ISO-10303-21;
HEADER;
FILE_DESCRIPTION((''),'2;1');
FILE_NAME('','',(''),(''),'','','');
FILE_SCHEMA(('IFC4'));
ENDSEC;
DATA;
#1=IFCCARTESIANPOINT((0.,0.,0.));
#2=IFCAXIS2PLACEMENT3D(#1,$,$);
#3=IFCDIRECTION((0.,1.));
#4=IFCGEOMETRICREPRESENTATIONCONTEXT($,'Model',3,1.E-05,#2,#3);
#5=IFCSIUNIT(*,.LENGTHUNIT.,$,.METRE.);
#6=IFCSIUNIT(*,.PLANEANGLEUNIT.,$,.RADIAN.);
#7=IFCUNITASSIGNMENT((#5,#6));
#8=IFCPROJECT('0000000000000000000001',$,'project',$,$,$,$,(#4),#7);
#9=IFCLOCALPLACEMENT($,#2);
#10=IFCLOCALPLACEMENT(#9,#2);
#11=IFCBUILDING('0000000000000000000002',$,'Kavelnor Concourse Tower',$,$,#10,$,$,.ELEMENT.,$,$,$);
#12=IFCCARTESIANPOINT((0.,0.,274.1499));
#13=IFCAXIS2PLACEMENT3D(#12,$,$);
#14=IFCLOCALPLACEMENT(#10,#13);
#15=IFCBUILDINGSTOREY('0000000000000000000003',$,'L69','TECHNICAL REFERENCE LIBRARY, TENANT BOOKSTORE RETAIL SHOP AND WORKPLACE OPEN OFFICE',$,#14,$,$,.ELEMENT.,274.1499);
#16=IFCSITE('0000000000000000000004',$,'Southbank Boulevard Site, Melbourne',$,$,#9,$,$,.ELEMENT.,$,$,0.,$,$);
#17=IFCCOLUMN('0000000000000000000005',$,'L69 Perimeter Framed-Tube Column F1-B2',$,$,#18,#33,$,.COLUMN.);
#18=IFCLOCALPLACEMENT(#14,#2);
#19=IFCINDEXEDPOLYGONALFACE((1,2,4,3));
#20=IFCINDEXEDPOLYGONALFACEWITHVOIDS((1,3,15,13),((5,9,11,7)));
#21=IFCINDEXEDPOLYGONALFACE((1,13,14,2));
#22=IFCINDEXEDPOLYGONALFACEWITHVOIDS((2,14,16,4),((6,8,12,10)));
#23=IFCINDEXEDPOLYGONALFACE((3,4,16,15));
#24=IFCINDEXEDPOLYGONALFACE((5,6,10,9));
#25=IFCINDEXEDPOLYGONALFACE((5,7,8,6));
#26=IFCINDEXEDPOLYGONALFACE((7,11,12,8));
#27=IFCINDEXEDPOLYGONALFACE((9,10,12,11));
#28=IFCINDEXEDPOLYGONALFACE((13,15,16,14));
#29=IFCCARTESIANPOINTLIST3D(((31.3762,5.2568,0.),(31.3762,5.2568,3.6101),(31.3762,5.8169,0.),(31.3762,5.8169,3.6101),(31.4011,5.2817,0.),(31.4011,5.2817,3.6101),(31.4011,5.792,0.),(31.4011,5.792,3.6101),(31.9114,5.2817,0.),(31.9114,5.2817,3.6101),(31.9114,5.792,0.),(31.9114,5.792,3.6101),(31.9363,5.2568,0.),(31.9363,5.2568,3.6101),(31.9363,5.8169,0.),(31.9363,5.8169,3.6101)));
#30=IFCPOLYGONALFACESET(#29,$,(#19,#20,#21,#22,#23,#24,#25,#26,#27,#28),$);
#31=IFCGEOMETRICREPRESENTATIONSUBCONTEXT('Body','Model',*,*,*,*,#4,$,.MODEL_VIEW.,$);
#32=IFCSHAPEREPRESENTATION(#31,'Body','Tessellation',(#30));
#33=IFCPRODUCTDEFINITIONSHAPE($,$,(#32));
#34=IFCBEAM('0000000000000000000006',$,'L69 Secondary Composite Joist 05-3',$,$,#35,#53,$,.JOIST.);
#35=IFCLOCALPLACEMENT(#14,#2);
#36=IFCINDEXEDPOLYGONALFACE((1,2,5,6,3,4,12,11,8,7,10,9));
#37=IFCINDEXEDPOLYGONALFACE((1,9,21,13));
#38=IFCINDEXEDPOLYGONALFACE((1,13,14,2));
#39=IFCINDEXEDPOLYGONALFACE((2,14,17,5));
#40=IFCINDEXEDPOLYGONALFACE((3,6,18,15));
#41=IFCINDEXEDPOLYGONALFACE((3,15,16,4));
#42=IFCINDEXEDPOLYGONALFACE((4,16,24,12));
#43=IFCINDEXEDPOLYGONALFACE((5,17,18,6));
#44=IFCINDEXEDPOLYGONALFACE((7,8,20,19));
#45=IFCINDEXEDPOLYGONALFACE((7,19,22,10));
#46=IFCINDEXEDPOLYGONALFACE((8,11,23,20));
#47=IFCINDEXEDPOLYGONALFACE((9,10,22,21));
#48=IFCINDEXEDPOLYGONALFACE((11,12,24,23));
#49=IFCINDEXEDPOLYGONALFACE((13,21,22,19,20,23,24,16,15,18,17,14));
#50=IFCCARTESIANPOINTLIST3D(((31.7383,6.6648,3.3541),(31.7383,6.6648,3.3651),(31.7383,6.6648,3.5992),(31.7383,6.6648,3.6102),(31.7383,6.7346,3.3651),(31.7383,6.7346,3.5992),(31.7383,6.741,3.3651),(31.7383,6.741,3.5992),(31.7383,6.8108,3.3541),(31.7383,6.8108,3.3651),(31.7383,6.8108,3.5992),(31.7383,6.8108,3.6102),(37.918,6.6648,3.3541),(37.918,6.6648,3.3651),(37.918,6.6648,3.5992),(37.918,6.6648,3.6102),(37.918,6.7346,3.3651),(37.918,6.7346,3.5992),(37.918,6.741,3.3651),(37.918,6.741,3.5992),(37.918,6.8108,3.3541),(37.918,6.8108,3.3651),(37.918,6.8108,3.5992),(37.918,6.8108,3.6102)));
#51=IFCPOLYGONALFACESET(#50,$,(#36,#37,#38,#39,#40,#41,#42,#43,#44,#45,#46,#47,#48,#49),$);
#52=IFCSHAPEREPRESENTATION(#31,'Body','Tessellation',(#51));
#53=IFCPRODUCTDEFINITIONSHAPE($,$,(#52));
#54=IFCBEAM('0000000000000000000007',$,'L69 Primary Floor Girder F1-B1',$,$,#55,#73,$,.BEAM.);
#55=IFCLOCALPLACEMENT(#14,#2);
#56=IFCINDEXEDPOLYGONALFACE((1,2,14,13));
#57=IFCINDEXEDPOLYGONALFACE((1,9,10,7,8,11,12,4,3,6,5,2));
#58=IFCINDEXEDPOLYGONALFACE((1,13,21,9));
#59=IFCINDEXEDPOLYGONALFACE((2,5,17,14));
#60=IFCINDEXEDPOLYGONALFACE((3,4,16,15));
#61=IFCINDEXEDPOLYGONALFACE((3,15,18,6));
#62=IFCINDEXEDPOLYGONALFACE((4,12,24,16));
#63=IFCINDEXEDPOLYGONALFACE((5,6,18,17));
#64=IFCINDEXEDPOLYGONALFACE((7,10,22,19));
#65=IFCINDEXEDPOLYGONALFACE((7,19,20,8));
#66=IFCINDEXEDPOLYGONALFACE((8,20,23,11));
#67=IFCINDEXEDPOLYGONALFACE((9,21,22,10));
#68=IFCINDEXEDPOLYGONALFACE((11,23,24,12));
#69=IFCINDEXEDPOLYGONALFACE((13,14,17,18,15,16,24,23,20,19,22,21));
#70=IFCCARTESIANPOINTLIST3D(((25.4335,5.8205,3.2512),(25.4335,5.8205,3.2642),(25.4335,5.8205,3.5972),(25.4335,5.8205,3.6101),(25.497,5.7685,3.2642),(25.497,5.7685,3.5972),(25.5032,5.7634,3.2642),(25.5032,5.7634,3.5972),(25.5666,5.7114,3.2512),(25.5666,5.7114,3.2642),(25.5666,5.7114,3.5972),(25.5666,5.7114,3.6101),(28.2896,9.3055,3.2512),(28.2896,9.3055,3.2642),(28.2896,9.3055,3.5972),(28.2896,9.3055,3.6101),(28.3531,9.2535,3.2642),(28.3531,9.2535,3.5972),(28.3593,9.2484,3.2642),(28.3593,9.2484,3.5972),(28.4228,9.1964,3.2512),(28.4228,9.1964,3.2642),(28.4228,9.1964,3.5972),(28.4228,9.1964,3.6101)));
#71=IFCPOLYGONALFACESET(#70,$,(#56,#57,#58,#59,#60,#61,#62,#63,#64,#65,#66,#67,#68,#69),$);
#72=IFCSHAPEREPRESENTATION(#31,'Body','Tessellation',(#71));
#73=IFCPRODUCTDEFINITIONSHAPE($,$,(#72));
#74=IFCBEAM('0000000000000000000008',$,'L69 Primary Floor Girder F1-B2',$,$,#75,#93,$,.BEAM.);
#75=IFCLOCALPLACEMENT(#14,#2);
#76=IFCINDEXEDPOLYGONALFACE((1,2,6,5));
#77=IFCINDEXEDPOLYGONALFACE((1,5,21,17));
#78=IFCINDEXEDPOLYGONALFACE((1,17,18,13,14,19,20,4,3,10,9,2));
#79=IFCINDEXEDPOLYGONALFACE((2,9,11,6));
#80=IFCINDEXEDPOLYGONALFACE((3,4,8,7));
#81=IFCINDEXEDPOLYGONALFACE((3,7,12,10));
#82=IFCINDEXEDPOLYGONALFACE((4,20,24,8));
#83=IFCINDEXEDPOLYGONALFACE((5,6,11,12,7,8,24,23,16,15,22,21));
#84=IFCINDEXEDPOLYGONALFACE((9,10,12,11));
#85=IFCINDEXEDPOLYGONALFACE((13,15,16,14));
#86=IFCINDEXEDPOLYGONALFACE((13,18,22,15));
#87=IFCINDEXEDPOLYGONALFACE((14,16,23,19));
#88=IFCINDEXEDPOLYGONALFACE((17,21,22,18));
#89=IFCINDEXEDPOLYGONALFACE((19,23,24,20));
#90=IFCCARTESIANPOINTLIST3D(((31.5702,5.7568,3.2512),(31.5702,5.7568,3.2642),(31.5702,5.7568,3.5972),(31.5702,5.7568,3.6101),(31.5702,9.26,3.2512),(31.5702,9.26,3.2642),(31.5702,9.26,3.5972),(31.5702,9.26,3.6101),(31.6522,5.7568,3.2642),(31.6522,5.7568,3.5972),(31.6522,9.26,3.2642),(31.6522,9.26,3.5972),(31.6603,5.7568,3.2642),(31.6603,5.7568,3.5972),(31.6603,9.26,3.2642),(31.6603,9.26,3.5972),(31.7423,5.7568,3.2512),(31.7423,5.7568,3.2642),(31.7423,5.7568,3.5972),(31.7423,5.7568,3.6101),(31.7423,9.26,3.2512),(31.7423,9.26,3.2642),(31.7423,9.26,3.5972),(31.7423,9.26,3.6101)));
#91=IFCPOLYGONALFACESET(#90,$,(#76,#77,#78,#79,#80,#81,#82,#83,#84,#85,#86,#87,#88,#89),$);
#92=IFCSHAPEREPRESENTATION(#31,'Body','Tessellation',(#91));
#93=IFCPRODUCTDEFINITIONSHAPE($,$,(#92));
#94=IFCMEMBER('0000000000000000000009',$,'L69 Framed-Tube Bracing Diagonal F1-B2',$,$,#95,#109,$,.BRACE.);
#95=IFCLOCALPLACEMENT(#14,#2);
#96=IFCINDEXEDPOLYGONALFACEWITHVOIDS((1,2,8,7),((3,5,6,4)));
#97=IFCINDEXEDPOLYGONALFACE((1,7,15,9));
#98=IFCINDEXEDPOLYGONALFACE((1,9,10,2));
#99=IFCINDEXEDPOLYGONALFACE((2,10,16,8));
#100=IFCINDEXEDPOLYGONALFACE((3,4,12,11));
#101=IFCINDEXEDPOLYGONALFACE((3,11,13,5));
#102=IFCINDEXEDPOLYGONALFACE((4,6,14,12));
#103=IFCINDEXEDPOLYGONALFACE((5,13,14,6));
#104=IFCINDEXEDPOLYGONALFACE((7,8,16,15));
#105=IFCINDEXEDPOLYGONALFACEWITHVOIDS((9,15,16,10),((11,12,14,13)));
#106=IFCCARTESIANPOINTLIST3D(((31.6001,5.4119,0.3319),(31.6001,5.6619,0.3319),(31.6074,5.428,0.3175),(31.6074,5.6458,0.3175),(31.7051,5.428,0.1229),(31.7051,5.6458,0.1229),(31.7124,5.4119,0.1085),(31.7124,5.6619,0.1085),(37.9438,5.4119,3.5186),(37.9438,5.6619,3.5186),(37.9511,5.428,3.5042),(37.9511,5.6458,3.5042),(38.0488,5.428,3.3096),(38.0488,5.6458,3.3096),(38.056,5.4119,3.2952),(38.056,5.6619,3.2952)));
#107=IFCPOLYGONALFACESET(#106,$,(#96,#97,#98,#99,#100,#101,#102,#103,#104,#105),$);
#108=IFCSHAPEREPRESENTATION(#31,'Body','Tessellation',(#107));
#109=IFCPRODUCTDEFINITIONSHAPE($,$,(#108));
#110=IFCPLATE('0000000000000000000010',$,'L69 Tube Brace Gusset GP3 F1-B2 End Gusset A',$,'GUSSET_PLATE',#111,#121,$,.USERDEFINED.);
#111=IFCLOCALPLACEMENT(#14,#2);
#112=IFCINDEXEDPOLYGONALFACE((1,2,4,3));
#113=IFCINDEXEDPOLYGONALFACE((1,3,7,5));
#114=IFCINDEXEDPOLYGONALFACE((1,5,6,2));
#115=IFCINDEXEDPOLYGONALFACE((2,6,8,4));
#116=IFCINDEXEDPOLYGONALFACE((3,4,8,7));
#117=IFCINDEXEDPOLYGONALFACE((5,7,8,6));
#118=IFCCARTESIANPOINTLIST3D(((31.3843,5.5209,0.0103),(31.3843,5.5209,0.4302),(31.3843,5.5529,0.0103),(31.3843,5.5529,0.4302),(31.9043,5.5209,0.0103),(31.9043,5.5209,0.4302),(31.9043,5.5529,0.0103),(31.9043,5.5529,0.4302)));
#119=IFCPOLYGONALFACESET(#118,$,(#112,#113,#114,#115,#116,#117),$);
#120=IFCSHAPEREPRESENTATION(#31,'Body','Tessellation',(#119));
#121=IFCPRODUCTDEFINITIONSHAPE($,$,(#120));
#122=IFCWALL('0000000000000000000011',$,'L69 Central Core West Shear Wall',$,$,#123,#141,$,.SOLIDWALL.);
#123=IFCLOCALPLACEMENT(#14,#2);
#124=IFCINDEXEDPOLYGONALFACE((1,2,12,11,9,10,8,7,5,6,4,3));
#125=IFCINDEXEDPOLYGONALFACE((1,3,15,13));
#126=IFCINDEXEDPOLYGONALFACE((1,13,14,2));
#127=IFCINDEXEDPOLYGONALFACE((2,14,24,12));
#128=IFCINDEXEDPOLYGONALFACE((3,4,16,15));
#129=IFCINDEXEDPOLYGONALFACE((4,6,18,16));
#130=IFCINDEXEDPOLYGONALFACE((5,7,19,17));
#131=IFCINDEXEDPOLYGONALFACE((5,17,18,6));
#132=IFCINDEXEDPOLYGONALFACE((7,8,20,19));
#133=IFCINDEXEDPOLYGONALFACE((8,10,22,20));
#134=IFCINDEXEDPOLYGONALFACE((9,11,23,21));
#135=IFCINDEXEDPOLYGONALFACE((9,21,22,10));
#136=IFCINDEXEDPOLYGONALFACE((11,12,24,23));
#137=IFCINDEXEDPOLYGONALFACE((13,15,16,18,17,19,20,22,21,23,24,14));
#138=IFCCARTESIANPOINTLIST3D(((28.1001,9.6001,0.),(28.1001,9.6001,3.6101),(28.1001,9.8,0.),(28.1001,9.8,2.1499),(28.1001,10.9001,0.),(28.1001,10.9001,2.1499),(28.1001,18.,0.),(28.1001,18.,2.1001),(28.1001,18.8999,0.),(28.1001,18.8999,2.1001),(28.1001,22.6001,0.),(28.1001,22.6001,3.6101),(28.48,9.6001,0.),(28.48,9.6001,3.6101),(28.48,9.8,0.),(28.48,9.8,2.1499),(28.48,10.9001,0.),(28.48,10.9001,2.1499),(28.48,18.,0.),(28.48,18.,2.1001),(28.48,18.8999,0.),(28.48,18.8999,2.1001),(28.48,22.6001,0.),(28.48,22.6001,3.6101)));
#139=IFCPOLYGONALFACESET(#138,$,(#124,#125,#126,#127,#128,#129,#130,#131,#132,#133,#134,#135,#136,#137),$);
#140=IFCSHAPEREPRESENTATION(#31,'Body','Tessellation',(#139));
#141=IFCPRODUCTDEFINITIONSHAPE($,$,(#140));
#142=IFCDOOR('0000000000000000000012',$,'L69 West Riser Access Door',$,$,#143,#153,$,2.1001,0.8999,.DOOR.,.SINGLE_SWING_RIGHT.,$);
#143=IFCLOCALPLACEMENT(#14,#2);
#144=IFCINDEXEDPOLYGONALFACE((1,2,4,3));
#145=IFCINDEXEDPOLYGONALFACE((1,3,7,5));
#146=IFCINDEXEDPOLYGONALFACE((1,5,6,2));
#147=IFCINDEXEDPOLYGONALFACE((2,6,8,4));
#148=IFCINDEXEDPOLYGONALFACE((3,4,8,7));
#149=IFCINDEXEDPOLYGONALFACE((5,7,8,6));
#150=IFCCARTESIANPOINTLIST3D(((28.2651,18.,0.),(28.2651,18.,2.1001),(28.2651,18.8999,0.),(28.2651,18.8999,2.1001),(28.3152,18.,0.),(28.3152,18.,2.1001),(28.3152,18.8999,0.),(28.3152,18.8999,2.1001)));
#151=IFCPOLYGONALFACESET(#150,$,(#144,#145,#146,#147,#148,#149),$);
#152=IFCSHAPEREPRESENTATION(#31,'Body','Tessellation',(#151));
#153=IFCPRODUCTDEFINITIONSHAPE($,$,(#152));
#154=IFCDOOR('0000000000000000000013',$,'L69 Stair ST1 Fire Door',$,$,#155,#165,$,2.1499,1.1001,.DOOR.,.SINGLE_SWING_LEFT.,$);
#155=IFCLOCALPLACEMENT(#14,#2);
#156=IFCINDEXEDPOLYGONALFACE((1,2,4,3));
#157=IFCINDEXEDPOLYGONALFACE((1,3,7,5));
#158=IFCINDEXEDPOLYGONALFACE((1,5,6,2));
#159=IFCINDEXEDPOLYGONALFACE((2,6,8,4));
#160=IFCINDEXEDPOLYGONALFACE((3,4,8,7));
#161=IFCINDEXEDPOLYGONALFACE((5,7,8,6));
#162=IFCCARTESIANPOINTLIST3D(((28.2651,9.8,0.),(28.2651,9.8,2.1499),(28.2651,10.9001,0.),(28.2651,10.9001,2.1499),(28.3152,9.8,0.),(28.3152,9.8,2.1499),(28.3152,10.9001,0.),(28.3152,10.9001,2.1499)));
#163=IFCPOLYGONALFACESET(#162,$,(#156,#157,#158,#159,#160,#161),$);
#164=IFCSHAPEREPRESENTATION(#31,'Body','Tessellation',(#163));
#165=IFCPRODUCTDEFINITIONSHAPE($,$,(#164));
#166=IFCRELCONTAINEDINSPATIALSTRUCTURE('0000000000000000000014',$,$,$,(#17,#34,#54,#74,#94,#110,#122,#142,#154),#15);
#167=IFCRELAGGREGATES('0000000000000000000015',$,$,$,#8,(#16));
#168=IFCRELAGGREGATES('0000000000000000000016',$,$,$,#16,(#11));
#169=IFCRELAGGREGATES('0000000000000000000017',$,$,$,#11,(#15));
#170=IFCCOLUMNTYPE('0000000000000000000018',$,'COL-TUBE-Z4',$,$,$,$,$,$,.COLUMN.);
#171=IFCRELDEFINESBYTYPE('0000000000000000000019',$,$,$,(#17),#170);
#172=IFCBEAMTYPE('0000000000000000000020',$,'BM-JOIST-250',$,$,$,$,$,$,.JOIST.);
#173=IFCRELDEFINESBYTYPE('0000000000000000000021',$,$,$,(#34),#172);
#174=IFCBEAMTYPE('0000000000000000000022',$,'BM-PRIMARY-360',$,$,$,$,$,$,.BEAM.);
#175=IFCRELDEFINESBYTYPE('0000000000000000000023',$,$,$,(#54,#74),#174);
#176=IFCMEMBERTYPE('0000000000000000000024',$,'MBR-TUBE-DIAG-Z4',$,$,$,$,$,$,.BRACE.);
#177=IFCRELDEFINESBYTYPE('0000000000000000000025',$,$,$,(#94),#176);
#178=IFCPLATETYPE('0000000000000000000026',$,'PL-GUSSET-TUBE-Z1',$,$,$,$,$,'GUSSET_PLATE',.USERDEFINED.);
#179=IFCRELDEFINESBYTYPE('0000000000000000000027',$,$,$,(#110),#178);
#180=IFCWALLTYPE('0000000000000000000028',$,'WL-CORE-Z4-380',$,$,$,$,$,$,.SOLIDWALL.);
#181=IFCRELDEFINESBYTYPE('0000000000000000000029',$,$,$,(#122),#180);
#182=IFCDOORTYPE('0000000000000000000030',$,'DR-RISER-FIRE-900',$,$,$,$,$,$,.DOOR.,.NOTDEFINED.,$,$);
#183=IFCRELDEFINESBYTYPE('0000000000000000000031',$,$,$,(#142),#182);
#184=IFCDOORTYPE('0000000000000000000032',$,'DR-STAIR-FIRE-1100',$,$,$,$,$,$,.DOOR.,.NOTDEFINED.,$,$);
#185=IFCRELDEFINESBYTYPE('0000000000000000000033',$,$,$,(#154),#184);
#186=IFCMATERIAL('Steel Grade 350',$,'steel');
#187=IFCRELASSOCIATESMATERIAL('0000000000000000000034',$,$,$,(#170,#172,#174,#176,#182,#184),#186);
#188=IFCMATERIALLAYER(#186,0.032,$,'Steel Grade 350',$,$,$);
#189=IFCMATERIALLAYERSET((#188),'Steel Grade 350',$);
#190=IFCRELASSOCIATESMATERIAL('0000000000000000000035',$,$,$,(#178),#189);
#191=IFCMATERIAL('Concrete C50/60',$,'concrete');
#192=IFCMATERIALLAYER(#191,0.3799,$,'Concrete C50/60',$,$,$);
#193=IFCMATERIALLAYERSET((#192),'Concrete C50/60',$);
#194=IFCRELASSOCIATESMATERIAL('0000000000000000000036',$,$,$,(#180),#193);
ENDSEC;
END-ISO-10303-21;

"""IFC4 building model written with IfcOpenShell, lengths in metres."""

from ifc_helpers import new_model, si_unit, direction, frame, frame_2d, origin, origin_2d, place, context, subcontext, project, spatial, rectangle, hollow_rectangle, i_section, extrude, material, layer, layer_set, material_profile, profile_set, type_object, element, fill, save


model = new_model("IFC4")

# Units and contexts
model_context = context("Model", 3, precision=1e-05, world=origin(), true_north=direction((0.0, 1.0)))
body_context = subcontext(model_context, "Body", "Model", "MODEL_VIEW")
ifc_project = project(units=[si_unit("LENGTHUNIT", "METRE"), si_unit("PLANEANGLEUNIT", "RADIAN")], contexts=[model_context])

# Site, building, storey
site_placement = place(None, origin())
site = spatial("IfcSite", under=ifc_project, at=site_placement, Name="Southbank Boulevard Site, Melbourne", CompositionType="ELEMENT", RefElevation=0.0)
building_placement = place(site_placement, origin())
building = spatial("IfcBuilding", under=site, at=building_placement, Name="Kavelnor Concourse Tower", CompositionType="ELEMENT")
storey_placement = place(building_placement, frame((0.0, 0.0, 274.1499)))
storey = spatial("IfcBuildingStorey", under=building, at=storey_placement, Name="L69", Description="TECHNICAL REFERENCE LIBRARY, TENANT BOOKSTORE RETAIL SHOP AND WORKPLACE OPEN OFFICE", CompositionType="ELEMENT", Elevation=274.1499)

# Column
ifc_material_1 = material(Name="Steel Grade 350", Category="steel")
ifc_material_profile_1 = material_profile(ifc_material_1, hollow_rectangle(XDim=0.5601, YDim=0.5601, WallThickness=0.0249, at=origin_2d()), Name="SHS 560x560x25")
ifc_profile_set_1 = profile_set([ifc_material_profile_1], Name="Steel Grade 350")
column_type = type_object("IfcColumnType", Name="COL-TUBE-Z4", PredefinedType="COLUMN", material=ifc_profile_set_1)
column_placement = place(storey_placement, frame((31.6562, 5.5369, 0.0), z_axis=(0.0, 0.0, 1.0), x_axis=(1.0, 0.0, 0.0)))
element("IfcColumn", 1, at=column_placement, inside=storey, type_object=column_type, Name="L69 Perimeter Framed-Tube Column F1-B2", PredefinedType="COLUMN", context=body_context, shape_type="SweptSolid", body=[
    extrude(hollow_rectangle(XDim=0.5601, YDim=0.5601, WallThickness=0.0249, at=origin_2d()), origin(), (0.0, 0.0, 1.0), 3.6101),
])

# Beams
ifc_material_profile_2 = material_profile(ifc_material_1, i_section(OverallWidth=0.146, OverallDepth=0.2561, WebThickness=0.0063, FlangeThickness=0.011, at=origin_2d()), Name="250UB37")
ifc_profile_set_2 = profile_set([ifc_material_profile_2], Name="Steel Grade 350")
beam_type_1 = type_object("IfcBeamType", Name="BM-JOIST-250", PredefinedType="JOIST", material=ifc_profile_set_2)
beam_1_placement = place(storey_placement, frame((31.7383, 6.7378, 3.4822), z_axis=(1.0, 0.0, 0.0), x_axis=(0.0, 1.0, 0.0)))
element("IfcBeam", 2, at=beam_1_placement, inside=storey, type_object=beam_type_1, Name="L69 Secondary Composite Joist 05-3", PredefinedType="JOIST", context=body_context, shape_type="SweptSolid", body=[
    extrude(i_section(OverallWidth=0.146, OverallDepth=0.2561, WebThickness=0.0063, FlangeThickness=0.011, at=origin_2d()), origin(), (0.0, 0.0, 1.0), 6.1797),
])
ifc_material_profile_3 = material_profile(ifc_material_1, i_section(OverallWidth=0.1721, OverallDepth=0.3589, WebThickness=0.0081, FlangeThickness=0.0129, at=origin_2d()), Name="360UB56")
ifc_profile_set_3 = profile_set([ifc_material_profile_3], Name="Steel Grade 350")
beam_type_2 = type_object("IfcBeamType", Name="BM-PRIMARY-360", PredefinedType="BEAM", material=ifc_profile_set_3)
beam_2_placement = place(storey_placement, frame((28.3562, 9.251, 3.4307), z_axis=(-0.633869, -0.77344, 0.0), x_axis=(0.77344, -0.633869, 0.0)))
element("IfcBeam", 3, at=beam_2_placement, inside=storey, type_object=beam_type_2, Name="L69 Primary Floor Girder F1-B1", PredefinedType="BEAM", context=body_context, shape_type="SweptSolid", body=[
    extrude(i_section(OverallWidth=0.1721, OverallDepth=0.3589, WebThickness=0.0081, FlangeThickness=0.0129, at=origin_2d()), origin(), (0.0, 0.0, 1.0), 4.5059),
])
beam_3_placement = place(storey_placement, frame((31.6562, 9.26, 3.4307), z_axis=(0.0, -1.0, 0.0), x_axis=(1.0, 0.0, 0.0)))
element("IfcBeam", 4, at=beam_3_placement, inside=storey, type_object=beam_type_2, Name="L69 Primary Floor Girder F1-B2", PredefinedType="BEAM", context=body_context, shape_type="SweptSolid", body=[
    extrude(i_section(OverallWidth=0.1721, OverallDepth=0.3589, WebThickness=0.0081, FlangeThickness=0.0129, at=origin_2d()), origin(), (0.0, 0.0, 1.0), 3.5032),
])

# Member
ifc_material_profile_4 = material_profile(ifc_material_1, hollow_rectangle(XDim=0.25, YDim=0.25, WallThickness=0.0161, at=origin_2d()), Name="SHS 250x250x16")
ifc_profile_set_4 = profile_set([ifc_material_profile_4], Name="Steel Grade 350")
member_type = type_object("IfcMemberType", Name="MBR-TUBE-DIAG-Z4", PredefinedType="BRACE", material=ifc_profile_set_4)
member_placement = place(storey_placement, frame((31.6562, 5.5369, 0.2202), z_axis=(0.893587, 0.0, 0.448891), x_axis=(0.0, 1.0, 0.0)))
element("IfcMember", 5, at=member_placement, inside=storey, type_object=member_type, Name="L69 Framed-Tube Bracing Diagonal F1-B2", PredefinedType="BRACE", context=body_context, shape_type="SweptSolid", body=[
    extrude(hollow_rectangle(XDim=0.25, YDim=0.25, WallThickness=0.0161, at=origin_2d()), origin(), (0.0, 0.0, 1.0), 7.0991),
])

# Plate
ifc_layer_1 = layer(ifc_material_1, 0.032, Name="Steel Grade 350")
ifc_layer_set_1 = layer_set([ifc_layer_1], Name="Steel Grade 350")
plate_type = type_object("IfcPlateType", Name="PL-GUSSET-TUBE-Z1", ElementType="GUSSET_PLATE", PredefinedType="USERDEFINED", material=ifc_layer_set_1)
plate_placement = place(storey_placement, frame((31.6443, 5.5369, 0.0103), z_axis=(0.0, 0.0, 1.0), x_axis=(1.0, 0.0, 0.0)))
element("IfcPlate", 6, at=plate_placement, inside=storey, type_object=plate_type, Name="L69 Tube Brace Gusset GP3 F1-B2 End Gusset A", ObjectType="GUSSET_PLATE", PredefinedType="USERDEFINED", context=body_context, shape_type="SweptSolid", body=[
    extrude(rectangle(XDim=0.52, YDim=0.032, at=origin_2d()), origin(), (0.0, 0.0, 1.0), 0.4199),
])

# Wall, openings, doors
ifc_material_2 = material(Name="Concrete C50/60", Category="concrete")
ifc_layer_2 = layer(ifc_material_2, 0.3799, Name="Concrete C50/60")
ifc_layer_set_2 = layer_set([ifc_layer_2], Name="Concrete C50/60")
wall_type = type_object("IfcWallType", Name="WL-CORE-Z4-380", PredefinedType="SOLIDWALL", material=ifc_layer_set_2)
wall_placement = place(storey_placement, frame((28.29, 9.6001, 0.0), z_axis=(0.0, 0.0, 1.0), x_axis=(0.0, 1.0, 0.0)))
wall = element("IfcWall", 7, at=wall_placement, inside=storey, type_object=wall_type, Name="L69 Central Core West Shear Wall", PredefinedType="SOLIDWALL", context=body_context, shape_type="SweptSolid", body=[
    extrude(rectangle(XDim=13.0, YDim=0.3799, at=frame_2d((6.5, 0.0))), origin(), (0.0, 0.0, 1.0), 3.6101),
])
opening_1_placement = place(wall_placement, frame((0.2, 0.0, 0.0)))
opening_1 = element("IfcOpeningElement", 8, at=opening_1_placement, cuts=wall, PredefinedType="OPENING", context=body_context, shape_type="SweptSolid", body=[
    extrude(rectangle(XDim=1.1001, YDim=2.1499, at=frame_2d((0.55, 1.075))), frame((0.0, 0.2, 0.0), z_axis=(0.0, -1.0, 0.0), x_axis=(1.0, 0.0, 0.0)), (0.0, 0.0, 1.0), 0.3999),
])
opening_2_placement = place(wall_placement, frame((8.3999, 0.0, 0.0)))
opening_2 = element("IfcOpeningElement", 9, at=opening_2_placement, cuts=wall, PredefinedType="OPENING", context=body_context, shape_type="SweptSolid", body=[
    extrude(rectangle(XDim=0.8999, YDim=2.1001, at=frame_2d((0.45, 1.05))), frame((0.0, 0.2, 0.0), z_axis=(0.0, -1.0, 0.0), x_axis=(1.0, 0.0, 0.0)), (0.0, 0.0, 1.0), 0.3999),
])
door_type_1 = type_object("IfcDoorType", Name="DR-RISER-FIRE-900", OperationType="NOTDEFINED", PredefinedType="DOOR", material=ifc_material_1)
door_1_placement = place(opening_2_placement, origin())
door_1 = element("IfcDoor", 10, at=door_1_placement, inside=storey, type_object=door_type_1, Name="L69 West Riser Access Door", OperationType="SINGLE_SWING_RIGHT", OverallHeight=2.1001, OverallWidth=0.8999, PredefinedType="DOOR", context=body_context, shape_type="SweptSolid", body=[
    extrude(rectangle(XDim=0.8999, YDim=2.1001, at=frame_2d((0.45, 1.05))), frame((0.0, 0.0249, 0.0), z_axis=(0.0, -1.0, 0.0), x_axis=(1.0, 0.0, 0.0)), (0.0, 0.0, 1.0), 0.05),
])
fill(opening_2, door_1)
door_type_2 = type_object("IfcDoorType", Name="DR-STAIR-FIRE-1100", OperationType="NOTDEFINED", PredefinedType="DOOR", material=ifc_material_1)
door_2_placement = place(opening_1_placement, origin())
door_2 = element("IfcDoor", 11, at=door_2_placement, inside=storey, type_object=door_type_2, Name="L69 Stair ST1 Fire Door", OperationType="SINGLE_SWING_LEFT", OverallHeight=2.1499, OverallWidth=1.1001, PredefinedType="DOOR", context=body_context, shape_type="SweptSolid", body=[
    extrude(rectangle(XDim=1.1001, YDim=2.1499, at=frame_2d((0.55, 1.075))), frame((0.0, 0.0249, 0.0), z_axis=(0.0, -1.0, 0.0), x_axis=(1.0, 0.0, 0.0)), (0.0, 0.0, 1.0), 0.05),
])
fill(opening_1, door_2)

save(model, "model.ifc")
